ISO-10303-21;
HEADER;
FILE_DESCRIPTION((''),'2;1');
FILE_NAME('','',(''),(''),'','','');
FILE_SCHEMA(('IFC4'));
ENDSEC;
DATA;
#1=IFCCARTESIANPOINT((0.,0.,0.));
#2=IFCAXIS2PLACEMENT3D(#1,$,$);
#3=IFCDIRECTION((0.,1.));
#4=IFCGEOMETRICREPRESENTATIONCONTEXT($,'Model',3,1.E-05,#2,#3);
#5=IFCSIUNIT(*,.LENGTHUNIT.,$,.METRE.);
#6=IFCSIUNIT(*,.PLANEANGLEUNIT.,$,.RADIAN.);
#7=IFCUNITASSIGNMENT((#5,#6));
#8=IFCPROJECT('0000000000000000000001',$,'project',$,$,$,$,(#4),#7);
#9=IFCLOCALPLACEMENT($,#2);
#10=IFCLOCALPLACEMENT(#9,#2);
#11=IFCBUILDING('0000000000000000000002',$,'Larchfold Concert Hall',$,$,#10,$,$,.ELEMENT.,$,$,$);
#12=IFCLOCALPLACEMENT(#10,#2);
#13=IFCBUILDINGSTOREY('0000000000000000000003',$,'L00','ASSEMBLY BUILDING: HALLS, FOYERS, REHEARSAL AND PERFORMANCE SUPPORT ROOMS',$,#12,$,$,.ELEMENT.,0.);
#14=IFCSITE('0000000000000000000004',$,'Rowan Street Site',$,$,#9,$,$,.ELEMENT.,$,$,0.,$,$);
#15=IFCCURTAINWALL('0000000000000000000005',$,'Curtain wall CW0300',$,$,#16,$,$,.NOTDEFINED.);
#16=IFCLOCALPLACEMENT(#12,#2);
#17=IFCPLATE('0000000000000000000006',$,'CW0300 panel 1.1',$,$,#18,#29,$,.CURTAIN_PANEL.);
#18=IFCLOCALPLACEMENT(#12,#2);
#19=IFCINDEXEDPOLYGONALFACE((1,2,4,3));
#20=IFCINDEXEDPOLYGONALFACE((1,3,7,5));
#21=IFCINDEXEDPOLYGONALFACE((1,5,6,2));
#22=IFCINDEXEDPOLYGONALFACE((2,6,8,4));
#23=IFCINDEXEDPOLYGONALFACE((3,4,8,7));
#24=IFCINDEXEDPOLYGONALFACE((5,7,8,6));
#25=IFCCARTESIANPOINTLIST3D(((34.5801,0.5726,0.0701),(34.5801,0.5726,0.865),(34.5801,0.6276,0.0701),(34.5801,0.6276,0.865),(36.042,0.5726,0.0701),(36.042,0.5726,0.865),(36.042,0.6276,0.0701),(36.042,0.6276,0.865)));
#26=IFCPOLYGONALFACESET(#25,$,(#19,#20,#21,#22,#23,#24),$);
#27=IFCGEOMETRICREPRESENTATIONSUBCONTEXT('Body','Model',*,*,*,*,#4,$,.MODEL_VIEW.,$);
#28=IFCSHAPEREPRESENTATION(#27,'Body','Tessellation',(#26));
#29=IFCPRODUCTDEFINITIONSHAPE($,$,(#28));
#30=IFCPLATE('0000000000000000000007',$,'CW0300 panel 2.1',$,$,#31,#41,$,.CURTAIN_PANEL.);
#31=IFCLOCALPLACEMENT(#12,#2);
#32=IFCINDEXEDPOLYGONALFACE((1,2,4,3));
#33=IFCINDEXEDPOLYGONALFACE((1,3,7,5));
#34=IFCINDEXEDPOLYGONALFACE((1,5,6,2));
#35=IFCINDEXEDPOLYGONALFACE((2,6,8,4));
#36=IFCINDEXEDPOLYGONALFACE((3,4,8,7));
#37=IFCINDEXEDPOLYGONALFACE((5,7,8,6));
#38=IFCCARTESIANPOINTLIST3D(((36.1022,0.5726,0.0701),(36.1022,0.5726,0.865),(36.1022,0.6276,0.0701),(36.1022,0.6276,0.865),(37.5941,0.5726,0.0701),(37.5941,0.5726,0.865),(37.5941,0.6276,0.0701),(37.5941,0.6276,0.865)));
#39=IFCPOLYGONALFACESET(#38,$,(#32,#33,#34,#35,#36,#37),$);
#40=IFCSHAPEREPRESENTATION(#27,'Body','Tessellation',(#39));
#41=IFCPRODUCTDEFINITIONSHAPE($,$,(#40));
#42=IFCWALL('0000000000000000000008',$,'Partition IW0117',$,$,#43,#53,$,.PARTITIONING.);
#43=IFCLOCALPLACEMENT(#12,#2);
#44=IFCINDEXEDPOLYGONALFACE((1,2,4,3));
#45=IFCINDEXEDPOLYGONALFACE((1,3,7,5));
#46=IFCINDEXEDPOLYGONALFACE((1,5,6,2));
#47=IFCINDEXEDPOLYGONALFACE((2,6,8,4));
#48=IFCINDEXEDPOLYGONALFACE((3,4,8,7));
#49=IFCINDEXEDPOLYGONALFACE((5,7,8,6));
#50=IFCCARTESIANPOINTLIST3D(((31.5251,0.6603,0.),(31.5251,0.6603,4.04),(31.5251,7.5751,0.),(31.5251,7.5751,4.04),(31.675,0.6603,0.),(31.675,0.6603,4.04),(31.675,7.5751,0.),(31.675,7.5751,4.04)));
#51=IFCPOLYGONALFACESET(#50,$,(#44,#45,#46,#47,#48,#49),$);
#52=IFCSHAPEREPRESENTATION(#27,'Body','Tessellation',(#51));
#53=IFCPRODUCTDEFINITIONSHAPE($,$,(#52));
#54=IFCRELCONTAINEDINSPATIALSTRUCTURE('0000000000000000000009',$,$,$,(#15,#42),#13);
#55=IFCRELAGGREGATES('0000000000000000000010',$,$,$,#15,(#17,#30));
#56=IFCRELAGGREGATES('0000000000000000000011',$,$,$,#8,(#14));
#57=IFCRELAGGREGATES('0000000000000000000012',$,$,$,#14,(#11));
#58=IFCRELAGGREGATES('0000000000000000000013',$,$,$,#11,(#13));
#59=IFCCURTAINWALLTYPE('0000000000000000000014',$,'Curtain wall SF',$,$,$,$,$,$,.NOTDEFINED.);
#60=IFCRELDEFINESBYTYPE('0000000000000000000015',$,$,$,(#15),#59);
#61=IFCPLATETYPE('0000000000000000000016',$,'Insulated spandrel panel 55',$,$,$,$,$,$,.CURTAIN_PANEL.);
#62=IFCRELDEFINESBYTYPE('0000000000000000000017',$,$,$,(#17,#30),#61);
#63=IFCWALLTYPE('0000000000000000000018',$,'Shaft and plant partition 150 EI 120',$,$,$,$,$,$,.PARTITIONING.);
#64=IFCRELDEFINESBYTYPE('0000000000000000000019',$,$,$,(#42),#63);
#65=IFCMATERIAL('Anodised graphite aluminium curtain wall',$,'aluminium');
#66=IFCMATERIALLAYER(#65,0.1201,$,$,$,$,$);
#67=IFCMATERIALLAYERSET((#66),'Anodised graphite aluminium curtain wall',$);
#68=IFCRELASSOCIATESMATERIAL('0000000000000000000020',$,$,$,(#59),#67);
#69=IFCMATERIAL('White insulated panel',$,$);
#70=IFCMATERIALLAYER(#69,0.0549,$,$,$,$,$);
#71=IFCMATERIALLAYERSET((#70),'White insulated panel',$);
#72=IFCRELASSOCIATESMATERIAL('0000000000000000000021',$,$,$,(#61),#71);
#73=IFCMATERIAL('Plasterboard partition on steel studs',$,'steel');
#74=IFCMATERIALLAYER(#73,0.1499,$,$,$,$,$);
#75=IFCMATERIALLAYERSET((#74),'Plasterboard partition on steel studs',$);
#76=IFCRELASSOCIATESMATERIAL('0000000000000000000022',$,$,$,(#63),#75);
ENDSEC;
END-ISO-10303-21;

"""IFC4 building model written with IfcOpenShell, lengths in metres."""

from ifc_helpers import new_model, si_unit, direction, frame, frame_2d, origin, origin_2d, place, context, subcontext, project, spatial, rectangle, extrude, material, layer, layer_set, type_object, element, aggregate, save


model = new_model("IFC4")

# Units and contexts
model_context = context("Model", 3, precision=1e-05, world=origin(), true_north=direction((0.0, 1.0)))
body_context = subcontext(model_context, "Body", "Model", "MODEL_VIEW")
ifc_project = project(units=[si_unit("LENGTHUNIT", "METRE"), si_unit("PLANEANGLEUNIT", "RADIAN")], contexts=[model_context])

# Site, building, storey
site_placement = place(None, origin())
site = spatial("IfcSite", under=ifc_project, at=site_placement, Name="Rowan Street Site", CompositionType="ELEMENT", RefElevation=0.0)
building_placement = place(site_placement, origin())
building = spatial("IfcBuilding", under=site, at=building_placement, Name="Larchfold Concert Hall", CompositionType="ELEMENT")
storey_placement = place(building_placement, origin())
storey = spatial("IfcBuildingStorey", under=building, at=storey_placement, Name="L00", Description="ASSEMBLY BUILDING: HALLS, FOYERS, REHEARSAL AND PERFORMANCE SUPPORT ROOMS", CompositionType="ELEMENT", Elevation=0.0)

# Curtain wall
ifc_material_1 = material(Name="Anodised graphite aluminium curtain wall", Category="aluminium")
ifc_layer_1 = layer(ifc_material_1, 0.1201)
ifc_layer_set_1 = layer_set([ifc_layer_1], Name="Anodised graphite aluminium curtain wall")
curtain_wall_type = type_object("IfcCurtainWallType", Name="Curtain wall SF", PredefinedType="NOTDEFINED", material=ifc_layer_set_1)
curtain_wall_1_placement = place(storey_placement, origin())
curtain_wall_1 = element("IfcCurtainWall", 1, at=curtain_wall_1_placement, inside=storey, type_object=curtain_wall_type, Name="Curtain wall CW0300", PredefinedType="NOTDEFINED")

# Plates
ifc_material_2 = material(Name="White insulated panel")
ifc_layer_2 = layer(ifc_material_2, 0.0549)
ifc_layer_set_2 = layer_set([ifc_layer_2], Name="White insulated panel")
plate_type_1 = type_object("IfcPlateType", Name="Insulated spandrel panel 55", PredefinedType="CURTAIN_PANEL", material=ifc_layer_set_2)
plate_1_placement = place(storey_placement, frame((35.311, 0.6001, 0.0701), z_axis=(0.0, 0.0, 1.0), x_axis=(1.0, 0.0, 0.0)))
plate_1 = element("IfcPlate", 2, at=plate_1_placement, type_object=plate_type_1, Name="CW0300 panel 1.1", PredefinedType="CURTAIN_PANEL", context=body_context, shape_type="SweptSolid", body=[
    extrude(rectangle(XDim=1.4619, YDim=0.0549, at=origin_2d()), origin(), (0.0, 0.0, 1.0), 0.7949),
])
plate_2_placement = place(storey_placement, frame((36.8481, 0.6001, 0.0701), z_axis=(0.0, 0.0, 1.0), x_axis=(1.0, 0.0, 0.0)))
plate_2 = element("IfcPlate", 3, at=plate_2_placement, type_object=plate_type_1, Name="CW0300 panel 2.1", PredefinedType="CURTAIN_PANEL", context=body_context, shape_type="SweptSolid", body=[
    extrude(rectangle(XDim=1.4919, YDim=0.0549, at=origin_2d()), origin(), (0.0, 0.0, 1.0), 0.7949),
])
aggregate(curtain_wall_1, [plate_1, plate_2])

# Wall
ifc_material_3 = material(Name="Plasterboard partition on steel studs", Category="steel")
ifc_layer_3 = layer(ifc_material_3, 0.1499)
ifc_layer_set_3 = layer_set([ifc_layer_3], Name="Plasterboard partition on steel studs")
wall_type = type_object("IfcWallType", Name="Shaft and plant partition 150 EI 120", PredefinedType="PARTITIONING", material=ifc_layer_set_3)
wall_placement = place(storey_placement, frame((31.6001, 0.6602, 0.0), z_axis=(0.0, 0.0, 1.0), x_axis=(0.0, 1.0, 0.0)))
element("IfcWall", 4, at=wall_placement, inside=storey, type_object=wall_type, Name="Partition IW0117", PredefinedType="PARTITIONING", context=body_context, shape_type="SweptSolid", body=[
    extrude(rectangle(XDim=6.9148, YDim=0.1499, at=frame_2d((3.4575, 0.0))), origin(), (0.0, 0.0, 1.0), 4.04),
])

save(model, "model.ifc")
